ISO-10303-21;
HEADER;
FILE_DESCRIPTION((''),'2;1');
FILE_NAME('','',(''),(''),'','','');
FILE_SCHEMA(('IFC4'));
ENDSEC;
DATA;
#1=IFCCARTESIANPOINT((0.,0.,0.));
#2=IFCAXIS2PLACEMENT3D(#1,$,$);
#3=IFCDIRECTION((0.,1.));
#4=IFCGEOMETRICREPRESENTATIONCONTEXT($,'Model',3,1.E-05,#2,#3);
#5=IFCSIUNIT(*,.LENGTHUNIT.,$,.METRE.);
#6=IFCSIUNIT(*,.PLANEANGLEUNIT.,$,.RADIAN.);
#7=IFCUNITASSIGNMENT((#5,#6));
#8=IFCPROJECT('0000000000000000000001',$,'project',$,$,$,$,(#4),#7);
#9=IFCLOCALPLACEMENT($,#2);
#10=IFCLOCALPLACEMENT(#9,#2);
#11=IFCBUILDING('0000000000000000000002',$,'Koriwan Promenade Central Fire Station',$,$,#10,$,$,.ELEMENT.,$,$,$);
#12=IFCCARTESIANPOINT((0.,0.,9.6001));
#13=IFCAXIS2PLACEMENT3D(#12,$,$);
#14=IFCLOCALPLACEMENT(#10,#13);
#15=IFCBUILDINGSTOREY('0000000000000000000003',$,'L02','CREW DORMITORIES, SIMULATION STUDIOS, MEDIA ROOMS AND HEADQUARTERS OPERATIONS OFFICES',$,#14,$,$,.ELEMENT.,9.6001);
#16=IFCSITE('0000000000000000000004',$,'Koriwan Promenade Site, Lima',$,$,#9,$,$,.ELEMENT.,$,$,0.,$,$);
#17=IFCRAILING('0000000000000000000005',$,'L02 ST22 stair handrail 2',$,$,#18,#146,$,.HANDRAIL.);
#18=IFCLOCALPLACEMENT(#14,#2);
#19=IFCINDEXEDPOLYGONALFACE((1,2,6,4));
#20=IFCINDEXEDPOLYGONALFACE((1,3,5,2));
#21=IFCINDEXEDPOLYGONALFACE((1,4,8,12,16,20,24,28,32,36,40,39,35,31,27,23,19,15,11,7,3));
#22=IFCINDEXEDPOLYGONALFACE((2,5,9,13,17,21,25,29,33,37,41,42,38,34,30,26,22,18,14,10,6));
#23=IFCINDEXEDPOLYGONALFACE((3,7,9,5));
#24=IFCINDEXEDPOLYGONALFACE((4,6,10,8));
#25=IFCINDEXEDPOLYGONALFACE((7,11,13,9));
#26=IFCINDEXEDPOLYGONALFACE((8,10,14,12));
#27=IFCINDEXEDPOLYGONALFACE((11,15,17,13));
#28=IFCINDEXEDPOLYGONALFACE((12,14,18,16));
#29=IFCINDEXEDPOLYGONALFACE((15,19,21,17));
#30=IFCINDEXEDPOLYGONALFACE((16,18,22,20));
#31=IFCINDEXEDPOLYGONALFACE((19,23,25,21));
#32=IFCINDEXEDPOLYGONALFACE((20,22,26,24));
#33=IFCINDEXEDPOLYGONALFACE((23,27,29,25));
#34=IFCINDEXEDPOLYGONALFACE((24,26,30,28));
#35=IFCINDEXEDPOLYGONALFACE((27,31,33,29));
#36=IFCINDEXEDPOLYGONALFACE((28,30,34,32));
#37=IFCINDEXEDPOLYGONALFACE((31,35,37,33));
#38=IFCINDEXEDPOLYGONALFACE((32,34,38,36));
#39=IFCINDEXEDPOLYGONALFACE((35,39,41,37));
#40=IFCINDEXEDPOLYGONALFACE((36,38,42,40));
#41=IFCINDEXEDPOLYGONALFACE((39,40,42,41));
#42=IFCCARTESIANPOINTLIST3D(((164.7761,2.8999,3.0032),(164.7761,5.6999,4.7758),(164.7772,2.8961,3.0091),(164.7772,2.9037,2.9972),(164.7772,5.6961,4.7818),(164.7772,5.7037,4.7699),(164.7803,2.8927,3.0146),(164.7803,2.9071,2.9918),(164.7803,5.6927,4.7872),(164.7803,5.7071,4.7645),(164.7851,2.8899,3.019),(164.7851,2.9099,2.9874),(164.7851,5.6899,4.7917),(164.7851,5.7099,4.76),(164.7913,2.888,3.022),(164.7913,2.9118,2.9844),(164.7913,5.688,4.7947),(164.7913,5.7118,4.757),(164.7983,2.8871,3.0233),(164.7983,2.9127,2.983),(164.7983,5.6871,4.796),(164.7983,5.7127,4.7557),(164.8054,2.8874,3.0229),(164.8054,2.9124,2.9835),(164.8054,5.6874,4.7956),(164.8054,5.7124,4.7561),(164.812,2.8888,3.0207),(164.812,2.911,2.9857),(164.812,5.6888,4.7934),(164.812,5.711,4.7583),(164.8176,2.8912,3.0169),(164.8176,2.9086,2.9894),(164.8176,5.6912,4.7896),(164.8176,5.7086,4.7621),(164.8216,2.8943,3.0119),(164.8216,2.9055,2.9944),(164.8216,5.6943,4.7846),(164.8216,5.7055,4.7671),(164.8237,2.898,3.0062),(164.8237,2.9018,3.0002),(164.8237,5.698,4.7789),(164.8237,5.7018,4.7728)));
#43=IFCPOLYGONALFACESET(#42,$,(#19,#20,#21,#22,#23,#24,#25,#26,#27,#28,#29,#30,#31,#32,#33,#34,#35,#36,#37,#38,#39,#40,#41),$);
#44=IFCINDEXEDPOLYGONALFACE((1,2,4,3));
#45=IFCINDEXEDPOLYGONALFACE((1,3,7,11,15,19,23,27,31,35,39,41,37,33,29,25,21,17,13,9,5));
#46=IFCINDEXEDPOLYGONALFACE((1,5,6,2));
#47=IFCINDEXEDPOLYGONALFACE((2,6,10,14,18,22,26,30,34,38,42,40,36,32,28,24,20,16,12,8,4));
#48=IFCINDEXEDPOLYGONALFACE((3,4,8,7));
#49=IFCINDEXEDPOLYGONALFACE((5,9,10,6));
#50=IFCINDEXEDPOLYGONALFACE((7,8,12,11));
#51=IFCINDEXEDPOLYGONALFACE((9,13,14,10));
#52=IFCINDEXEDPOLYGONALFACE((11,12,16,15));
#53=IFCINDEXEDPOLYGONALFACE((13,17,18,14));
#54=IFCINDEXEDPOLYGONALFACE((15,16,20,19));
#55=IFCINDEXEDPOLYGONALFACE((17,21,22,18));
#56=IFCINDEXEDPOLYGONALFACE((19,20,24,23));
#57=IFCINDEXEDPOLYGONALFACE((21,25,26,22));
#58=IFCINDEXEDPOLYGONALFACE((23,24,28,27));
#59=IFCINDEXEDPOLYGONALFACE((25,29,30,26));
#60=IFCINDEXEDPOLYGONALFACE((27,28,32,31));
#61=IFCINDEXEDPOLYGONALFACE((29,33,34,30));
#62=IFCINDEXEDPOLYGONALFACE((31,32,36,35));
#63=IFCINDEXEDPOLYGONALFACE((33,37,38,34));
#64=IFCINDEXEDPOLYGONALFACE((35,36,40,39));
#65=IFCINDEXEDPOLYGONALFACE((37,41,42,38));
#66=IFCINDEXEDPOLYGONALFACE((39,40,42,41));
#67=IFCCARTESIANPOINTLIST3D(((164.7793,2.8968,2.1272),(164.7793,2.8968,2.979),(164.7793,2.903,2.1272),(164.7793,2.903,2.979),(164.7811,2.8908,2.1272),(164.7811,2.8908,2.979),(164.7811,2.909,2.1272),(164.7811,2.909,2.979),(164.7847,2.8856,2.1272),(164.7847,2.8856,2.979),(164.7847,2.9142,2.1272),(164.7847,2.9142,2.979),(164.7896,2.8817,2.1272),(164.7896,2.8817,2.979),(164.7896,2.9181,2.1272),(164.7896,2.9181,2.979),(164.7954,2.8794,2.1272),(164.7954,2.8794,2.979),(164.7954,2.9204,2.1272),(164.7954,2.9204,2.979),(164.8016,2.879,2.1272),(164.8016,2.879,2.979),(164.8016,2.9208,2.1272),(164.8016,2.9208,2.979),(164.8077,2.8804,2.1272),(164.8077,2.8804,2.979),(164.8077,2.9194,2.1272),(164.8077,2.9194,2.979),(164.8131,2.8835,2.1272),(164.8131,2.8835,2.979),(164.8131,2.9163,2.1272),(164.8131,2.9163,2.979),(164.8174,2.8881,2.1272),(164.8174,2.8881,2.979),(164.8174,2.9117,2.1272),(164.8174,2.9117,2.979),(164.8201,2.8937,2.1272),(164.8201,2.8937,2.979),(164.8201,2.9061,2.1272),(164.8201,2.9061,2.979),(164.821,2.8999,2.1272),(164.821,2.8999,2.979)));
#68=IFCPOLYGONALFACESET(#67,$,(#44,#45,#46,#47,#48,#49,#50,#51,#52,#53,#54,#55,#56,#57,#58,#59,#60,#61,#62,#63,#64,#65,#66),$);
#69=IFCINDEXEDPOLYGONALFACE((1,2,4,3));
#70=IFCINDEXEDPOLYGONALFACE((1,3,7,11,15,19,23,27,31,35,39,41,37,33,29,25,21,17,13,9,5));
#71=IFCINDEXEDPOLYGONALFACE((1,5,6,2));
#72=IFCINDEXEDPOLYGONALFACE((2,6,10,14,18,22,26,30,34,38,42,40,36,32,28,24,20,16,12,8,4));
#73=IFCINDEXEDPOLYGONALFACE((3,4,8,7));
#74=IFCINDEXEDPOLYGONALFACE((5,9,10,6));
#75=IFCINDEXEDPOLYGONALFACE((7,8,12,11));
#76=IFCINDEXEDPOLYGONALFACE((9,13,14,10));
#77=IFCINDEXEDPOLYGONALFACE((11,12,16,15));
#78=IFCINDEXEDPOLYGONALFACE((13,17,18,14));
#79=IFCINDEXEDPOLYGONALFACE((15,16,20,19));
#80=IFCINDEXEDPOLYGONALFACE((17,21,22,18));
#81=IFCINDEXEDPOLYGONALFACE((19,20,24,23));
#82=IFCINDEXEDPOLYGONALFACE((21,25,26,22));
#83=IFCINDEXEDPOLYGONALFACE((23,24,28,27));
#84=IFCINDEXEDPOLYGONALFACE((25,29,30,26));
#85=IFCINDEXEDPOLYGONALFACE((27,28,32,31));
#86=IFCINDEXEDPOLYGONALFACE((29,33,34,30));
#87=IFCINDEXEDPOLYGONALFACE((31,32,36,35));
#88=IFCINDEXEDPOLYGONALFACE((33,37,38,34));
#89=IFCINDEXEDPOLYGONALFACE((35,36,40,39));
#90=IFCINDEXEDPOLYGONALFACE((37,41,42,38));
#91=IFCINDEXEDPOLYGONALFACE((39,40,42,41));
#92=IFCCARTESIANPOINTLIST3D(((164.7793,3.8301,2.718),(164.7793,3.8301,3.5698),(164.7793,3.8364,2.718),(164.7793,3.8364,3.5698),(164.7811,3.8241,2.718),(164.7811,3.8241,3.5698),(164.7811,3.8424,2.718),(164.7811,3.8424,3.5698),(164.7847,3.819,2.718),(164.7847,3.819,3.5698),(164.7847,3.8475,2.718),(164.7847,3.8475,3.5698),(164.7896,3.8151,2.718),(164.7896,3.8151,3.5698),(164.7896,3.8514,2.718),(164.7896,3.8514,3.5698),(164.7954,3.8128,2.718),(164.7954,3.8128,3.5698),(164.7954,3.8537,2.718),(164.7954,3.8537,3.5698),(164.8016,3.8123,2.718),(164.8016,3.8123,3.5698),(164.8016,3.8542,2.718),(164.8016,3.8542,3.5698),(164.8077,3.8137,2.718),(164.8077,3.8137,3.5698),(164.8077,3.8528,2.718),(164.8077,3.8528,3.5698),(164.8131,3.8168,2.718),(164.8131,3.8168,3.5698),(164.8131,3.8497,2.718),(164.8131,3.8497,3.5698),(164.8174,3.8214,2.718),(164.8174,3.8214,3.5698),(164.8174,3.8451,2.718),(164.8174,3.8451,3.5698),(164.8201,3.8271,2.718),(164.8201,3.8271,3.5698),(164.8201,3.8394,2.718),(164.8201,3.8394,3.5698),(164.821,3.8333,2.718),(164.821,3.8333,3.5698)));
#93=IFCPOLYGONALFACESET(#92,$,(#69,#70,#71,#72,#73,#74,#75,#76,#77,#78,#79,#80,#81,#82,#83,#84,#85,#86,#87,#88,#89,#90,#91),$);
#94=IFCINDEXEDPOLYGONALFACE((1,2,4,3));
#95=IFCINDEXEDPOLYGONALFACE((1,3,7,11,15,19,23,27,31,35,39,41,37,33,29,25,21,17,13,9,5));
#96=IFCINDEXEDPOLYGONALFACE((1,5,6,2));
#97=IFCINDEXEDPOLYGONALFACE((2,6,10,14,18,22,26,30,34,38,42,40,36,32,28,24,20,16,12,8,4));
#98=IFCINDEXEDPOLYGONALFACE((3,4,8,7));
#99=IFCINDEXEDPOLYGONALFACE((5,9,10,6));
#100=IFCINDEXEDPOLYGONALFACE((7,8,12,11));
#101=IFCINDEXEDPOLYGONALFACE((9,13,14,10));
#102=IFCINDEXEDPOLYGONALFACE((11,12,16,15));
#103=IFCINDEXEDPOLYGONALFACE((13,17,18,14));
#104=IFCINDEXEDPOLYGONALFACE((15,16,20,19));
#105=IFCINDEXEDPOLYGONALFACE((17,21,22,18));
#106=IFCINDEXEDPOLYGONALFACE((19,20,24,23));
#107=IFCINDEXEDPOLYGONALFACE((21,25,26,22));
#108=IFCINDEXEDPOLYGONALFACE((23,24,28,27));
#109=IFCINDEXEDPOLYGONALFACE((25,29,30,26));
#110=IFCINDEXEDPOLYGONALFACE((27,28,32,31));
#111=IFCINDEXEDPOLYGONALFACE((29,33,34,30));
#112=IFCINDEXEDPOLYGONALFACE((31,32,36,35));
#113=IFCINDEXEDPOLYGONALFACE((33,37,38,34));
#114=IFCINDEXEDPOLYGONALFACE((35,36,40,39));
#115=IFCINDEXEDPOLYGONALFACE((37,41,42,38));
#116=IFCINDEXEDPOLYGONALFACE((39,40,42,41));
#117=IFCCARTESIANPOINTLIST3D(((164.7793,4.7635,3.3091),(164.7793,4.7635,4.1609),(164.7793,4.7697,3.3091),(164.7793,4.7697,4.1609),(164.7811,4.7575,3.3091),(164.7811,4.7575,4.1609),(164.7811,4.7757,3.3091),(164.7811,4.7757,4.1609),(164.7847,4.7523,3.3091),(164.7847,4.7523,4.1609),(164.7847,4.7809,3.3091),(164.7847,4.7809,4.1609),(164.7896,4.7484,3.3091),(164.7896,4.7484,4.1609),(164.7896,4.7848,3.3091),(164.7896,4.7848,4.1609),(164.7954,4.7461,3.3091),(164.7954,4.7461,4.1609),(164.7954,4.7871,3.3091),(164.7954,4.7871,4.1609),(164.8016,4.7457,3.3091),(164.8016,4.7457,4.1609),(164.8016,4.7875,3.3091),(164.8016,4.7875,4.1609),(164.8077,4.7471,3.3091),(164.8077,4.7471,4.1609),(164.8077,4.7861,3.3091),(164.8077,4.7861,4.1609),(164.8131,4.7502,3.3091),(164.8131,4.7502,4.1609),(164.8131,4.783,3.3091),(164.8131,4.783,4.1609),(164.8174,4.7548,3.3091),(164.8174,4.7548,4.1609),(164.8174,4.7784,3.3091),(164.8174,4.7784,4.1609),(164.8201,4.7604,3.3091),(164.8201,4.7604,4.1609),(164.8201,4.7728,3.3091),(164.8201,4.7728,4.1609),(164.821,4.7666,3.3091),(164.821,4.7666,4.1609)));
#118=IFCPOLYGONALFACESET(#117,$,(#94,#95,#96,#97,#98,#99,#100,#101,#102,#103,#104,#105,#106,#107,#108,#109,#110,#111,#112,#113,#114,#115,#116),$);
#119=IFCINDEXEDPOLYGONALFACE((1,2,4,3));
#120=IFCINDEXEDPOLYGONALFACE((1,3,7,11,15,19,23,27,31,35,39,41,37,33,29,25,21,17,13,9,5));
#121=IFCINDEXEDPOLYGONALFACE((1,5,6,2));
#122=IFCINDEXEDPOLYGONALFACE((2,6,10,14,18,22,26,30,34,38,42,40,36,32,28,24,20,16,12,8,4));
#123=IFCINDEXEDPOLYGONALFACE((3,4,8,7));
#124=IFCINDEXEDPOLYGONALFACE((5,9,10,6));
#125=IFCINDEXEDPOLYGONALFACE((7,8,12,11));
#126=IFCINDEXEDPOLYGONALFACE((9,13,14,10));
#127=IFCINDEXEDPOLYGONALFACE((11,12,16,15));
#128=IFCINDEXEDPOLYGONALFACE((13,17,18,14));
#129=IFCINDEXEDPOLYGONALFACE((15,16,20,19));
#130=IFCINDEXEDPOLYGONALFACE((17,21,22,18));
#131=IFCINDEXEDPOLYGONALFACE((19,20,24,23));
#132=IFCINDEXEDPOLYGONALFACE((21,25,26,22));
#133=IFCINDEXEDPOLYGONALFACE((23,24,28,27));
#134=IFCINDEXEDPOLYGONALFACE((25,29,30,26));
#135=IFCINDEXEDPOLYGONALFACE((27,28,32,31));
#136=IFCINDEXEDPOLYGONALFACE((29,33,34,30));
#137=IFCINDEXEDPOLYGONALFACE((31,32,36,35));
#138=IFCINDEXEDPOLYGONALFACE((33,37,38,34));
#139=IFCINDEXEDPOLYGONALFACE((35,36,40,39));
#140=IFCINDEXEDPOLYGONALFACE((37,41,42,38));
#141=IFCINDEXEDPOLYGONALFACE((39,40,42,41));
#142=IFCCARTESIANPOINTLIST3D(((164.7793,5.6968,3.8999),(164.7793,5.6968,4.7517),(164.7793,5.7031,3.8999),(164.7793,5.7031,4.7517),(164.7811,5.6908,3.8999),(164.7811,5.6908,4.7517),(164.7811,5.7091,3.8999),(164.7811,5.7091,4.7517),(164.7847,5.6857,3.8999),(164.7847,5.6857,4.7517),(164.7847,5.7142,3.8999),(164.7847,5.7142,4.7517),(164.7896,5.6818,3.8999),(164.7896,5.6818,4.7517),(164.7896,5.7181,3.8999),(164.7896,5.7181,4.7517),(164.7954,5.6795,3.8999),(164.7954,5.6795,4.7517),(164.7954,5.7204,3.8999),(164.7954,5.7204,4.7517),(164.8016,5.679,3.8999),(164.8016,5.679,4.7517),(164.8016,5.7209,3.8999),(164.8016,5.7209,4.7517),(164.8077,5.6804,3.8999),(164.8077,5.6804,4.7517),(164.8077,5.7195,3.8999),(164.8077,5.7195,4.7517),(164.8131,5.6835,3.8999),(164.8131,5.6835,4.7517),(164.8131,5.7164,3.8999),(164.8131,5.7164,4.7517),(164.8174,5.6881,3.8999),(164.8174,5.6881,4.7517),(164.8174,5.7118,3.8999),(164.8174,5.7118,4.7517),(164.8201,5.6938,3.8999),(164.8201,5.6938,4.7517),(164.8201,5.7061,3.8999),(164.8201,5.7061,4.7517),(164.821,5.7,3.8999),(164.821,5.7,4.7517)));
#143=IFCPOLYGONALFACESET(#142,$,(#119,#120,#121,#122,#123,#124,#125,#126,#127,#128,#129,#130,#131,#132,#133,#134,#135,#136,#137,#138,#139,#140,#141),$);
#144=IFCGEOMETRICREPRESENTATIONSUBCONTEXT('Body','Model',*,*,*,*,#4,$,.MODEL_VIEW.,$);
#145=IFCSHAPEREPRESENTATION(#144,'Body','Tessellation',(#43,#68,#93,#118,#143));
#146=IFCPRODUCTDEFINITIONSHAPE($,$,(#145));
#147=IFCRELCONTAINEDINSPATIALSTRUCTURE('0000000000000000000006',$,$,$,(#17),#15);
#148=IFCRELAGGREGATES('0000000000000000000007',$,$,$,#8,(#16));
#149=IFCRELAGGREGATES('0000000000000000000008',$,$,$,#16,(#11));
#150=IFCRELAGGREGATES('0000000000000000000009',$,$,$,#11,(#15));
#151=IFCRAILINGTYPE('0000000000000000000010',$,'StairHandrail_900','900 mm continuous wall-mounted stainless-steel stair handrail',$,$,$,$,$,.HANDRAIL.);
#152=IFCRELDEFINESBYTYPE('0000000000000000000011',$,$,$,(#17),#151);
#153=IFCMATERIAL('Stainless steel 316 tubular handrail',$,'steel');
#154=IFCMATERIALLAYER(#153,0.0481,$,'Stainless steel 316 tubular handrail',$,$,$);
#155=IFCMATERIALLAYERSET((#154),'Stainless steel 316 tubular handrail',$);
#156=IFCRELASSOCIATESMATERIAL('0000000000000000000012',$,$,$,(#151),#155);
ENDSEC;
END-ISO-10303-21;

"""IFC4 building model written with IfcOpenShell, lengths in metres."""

from ifc_helpers import new_model, si_unit, direction, frame, origin, origin_2d, place, context, subcontext, project, spatial, circle, extrude, material, layer, layer_set, type_object, element, save


model = new_model("IFC4")

# Units and contexts
model_context = context("Model", 3, precision=1e-05, world=origin(), true_north=direction((0.0, 1.0)))
body_context = subcontext(model_context, "Body", "Model", "MODEL_VIEW")
ifc_project = project(units=[si_unit("LENGTHUNIT", "METRE"), si_unit("PLANEANGLEUNIT", "RADIAN")], contexts=[model_context])

# Site, building, storey
site_placement = place(None, origin())
site = spatial("IfcSite", under=ifc_project, at=site_placement, Name="Koriwan Promenade Site, Lima", CompositionType="ELEMENT", RefElevation=0.0)
building_placement = place(site_placement, origin())
building = spatial("IfcBuilding", under=site, at=building_placement, Name="Koriwan Promenade Central Fire Station", CompositionType="ELEMENT")
storey_placement = place(building_placement, frame((0.0, 0.0, 9.6001)))
storey = spatial("IfcBuildingStorey", under=building, at=storey_placement, Name="L02", Description="CREW DORMITORIES, SIMULATION STUDIOS, MEDIA ROOMS AND HEADQUARTERS OPERATIONS OFFICES", CompositionType="ELEMENT", Elevation=9.6001)

# Railing
ifc_material_1 = material(Name="Stainless steel 316 tubular handrail", Category="steel")
ifc_layer_1 = layer(ifc_material_1, 0.0481, Name="Stainless steel 316 tubular handrail")
ifc_layer_set_1 = layer_set([ifc_layer_1], Name="Stainless steel 316 tubular handrail")
railing_type_1 = type_object("IfcRailingType", Name="StairHandrail_900", Description="900 mm continuous wall-mounted stainless-steel stair handrail", PredefinedType="HANDRAIL", material=ifc_layer_set_1)
railing_1_placement = place(storey_placement, frame((164.8, 2.8999, 2.1272)))
element("IfcRailing", 1, at=railing_1_placement, inside=storey, type_object=railing_type_1, Name="L02 ST22 stair handrail 2", PredefinedType="HANDRAIL", context=body_context, shape_type="SweptSolid", body=[
    extrude(circle(Radius=0.0239, at=origin_2d()), frame((0.0, 0.0, 0.876), z_axis=(0.0, 0.844909, 0.53491), x_axis=(-1.0, 0.0, 0.0)), (0.0, 0.0, 1.0), 3.314),
    extrude(circle(Radius=0.021, at=origin_2d()), origin(), (0.0, 0.0, 1.0), 0.8518),
    extrude(circle(Radius=0.021, at=origin_2d()), frame((0.0, 0.9333, 0.5908)), (0.0, 0.0, 1.0), 0.8518),
    extrude(circle(Radius=0.021, at=origin_2d()), frame((0.0, 1.8667, 1.1819)), (0.0, 0.0, 1.0), 0.8518),
    extrude(circle(Radius=0.021, at=origin_2d()), frame((0.0, 2.8, 1.7727)), (0.0, 0.0, 1.0), 0.8518),
])

save(model, "model.ifc")
